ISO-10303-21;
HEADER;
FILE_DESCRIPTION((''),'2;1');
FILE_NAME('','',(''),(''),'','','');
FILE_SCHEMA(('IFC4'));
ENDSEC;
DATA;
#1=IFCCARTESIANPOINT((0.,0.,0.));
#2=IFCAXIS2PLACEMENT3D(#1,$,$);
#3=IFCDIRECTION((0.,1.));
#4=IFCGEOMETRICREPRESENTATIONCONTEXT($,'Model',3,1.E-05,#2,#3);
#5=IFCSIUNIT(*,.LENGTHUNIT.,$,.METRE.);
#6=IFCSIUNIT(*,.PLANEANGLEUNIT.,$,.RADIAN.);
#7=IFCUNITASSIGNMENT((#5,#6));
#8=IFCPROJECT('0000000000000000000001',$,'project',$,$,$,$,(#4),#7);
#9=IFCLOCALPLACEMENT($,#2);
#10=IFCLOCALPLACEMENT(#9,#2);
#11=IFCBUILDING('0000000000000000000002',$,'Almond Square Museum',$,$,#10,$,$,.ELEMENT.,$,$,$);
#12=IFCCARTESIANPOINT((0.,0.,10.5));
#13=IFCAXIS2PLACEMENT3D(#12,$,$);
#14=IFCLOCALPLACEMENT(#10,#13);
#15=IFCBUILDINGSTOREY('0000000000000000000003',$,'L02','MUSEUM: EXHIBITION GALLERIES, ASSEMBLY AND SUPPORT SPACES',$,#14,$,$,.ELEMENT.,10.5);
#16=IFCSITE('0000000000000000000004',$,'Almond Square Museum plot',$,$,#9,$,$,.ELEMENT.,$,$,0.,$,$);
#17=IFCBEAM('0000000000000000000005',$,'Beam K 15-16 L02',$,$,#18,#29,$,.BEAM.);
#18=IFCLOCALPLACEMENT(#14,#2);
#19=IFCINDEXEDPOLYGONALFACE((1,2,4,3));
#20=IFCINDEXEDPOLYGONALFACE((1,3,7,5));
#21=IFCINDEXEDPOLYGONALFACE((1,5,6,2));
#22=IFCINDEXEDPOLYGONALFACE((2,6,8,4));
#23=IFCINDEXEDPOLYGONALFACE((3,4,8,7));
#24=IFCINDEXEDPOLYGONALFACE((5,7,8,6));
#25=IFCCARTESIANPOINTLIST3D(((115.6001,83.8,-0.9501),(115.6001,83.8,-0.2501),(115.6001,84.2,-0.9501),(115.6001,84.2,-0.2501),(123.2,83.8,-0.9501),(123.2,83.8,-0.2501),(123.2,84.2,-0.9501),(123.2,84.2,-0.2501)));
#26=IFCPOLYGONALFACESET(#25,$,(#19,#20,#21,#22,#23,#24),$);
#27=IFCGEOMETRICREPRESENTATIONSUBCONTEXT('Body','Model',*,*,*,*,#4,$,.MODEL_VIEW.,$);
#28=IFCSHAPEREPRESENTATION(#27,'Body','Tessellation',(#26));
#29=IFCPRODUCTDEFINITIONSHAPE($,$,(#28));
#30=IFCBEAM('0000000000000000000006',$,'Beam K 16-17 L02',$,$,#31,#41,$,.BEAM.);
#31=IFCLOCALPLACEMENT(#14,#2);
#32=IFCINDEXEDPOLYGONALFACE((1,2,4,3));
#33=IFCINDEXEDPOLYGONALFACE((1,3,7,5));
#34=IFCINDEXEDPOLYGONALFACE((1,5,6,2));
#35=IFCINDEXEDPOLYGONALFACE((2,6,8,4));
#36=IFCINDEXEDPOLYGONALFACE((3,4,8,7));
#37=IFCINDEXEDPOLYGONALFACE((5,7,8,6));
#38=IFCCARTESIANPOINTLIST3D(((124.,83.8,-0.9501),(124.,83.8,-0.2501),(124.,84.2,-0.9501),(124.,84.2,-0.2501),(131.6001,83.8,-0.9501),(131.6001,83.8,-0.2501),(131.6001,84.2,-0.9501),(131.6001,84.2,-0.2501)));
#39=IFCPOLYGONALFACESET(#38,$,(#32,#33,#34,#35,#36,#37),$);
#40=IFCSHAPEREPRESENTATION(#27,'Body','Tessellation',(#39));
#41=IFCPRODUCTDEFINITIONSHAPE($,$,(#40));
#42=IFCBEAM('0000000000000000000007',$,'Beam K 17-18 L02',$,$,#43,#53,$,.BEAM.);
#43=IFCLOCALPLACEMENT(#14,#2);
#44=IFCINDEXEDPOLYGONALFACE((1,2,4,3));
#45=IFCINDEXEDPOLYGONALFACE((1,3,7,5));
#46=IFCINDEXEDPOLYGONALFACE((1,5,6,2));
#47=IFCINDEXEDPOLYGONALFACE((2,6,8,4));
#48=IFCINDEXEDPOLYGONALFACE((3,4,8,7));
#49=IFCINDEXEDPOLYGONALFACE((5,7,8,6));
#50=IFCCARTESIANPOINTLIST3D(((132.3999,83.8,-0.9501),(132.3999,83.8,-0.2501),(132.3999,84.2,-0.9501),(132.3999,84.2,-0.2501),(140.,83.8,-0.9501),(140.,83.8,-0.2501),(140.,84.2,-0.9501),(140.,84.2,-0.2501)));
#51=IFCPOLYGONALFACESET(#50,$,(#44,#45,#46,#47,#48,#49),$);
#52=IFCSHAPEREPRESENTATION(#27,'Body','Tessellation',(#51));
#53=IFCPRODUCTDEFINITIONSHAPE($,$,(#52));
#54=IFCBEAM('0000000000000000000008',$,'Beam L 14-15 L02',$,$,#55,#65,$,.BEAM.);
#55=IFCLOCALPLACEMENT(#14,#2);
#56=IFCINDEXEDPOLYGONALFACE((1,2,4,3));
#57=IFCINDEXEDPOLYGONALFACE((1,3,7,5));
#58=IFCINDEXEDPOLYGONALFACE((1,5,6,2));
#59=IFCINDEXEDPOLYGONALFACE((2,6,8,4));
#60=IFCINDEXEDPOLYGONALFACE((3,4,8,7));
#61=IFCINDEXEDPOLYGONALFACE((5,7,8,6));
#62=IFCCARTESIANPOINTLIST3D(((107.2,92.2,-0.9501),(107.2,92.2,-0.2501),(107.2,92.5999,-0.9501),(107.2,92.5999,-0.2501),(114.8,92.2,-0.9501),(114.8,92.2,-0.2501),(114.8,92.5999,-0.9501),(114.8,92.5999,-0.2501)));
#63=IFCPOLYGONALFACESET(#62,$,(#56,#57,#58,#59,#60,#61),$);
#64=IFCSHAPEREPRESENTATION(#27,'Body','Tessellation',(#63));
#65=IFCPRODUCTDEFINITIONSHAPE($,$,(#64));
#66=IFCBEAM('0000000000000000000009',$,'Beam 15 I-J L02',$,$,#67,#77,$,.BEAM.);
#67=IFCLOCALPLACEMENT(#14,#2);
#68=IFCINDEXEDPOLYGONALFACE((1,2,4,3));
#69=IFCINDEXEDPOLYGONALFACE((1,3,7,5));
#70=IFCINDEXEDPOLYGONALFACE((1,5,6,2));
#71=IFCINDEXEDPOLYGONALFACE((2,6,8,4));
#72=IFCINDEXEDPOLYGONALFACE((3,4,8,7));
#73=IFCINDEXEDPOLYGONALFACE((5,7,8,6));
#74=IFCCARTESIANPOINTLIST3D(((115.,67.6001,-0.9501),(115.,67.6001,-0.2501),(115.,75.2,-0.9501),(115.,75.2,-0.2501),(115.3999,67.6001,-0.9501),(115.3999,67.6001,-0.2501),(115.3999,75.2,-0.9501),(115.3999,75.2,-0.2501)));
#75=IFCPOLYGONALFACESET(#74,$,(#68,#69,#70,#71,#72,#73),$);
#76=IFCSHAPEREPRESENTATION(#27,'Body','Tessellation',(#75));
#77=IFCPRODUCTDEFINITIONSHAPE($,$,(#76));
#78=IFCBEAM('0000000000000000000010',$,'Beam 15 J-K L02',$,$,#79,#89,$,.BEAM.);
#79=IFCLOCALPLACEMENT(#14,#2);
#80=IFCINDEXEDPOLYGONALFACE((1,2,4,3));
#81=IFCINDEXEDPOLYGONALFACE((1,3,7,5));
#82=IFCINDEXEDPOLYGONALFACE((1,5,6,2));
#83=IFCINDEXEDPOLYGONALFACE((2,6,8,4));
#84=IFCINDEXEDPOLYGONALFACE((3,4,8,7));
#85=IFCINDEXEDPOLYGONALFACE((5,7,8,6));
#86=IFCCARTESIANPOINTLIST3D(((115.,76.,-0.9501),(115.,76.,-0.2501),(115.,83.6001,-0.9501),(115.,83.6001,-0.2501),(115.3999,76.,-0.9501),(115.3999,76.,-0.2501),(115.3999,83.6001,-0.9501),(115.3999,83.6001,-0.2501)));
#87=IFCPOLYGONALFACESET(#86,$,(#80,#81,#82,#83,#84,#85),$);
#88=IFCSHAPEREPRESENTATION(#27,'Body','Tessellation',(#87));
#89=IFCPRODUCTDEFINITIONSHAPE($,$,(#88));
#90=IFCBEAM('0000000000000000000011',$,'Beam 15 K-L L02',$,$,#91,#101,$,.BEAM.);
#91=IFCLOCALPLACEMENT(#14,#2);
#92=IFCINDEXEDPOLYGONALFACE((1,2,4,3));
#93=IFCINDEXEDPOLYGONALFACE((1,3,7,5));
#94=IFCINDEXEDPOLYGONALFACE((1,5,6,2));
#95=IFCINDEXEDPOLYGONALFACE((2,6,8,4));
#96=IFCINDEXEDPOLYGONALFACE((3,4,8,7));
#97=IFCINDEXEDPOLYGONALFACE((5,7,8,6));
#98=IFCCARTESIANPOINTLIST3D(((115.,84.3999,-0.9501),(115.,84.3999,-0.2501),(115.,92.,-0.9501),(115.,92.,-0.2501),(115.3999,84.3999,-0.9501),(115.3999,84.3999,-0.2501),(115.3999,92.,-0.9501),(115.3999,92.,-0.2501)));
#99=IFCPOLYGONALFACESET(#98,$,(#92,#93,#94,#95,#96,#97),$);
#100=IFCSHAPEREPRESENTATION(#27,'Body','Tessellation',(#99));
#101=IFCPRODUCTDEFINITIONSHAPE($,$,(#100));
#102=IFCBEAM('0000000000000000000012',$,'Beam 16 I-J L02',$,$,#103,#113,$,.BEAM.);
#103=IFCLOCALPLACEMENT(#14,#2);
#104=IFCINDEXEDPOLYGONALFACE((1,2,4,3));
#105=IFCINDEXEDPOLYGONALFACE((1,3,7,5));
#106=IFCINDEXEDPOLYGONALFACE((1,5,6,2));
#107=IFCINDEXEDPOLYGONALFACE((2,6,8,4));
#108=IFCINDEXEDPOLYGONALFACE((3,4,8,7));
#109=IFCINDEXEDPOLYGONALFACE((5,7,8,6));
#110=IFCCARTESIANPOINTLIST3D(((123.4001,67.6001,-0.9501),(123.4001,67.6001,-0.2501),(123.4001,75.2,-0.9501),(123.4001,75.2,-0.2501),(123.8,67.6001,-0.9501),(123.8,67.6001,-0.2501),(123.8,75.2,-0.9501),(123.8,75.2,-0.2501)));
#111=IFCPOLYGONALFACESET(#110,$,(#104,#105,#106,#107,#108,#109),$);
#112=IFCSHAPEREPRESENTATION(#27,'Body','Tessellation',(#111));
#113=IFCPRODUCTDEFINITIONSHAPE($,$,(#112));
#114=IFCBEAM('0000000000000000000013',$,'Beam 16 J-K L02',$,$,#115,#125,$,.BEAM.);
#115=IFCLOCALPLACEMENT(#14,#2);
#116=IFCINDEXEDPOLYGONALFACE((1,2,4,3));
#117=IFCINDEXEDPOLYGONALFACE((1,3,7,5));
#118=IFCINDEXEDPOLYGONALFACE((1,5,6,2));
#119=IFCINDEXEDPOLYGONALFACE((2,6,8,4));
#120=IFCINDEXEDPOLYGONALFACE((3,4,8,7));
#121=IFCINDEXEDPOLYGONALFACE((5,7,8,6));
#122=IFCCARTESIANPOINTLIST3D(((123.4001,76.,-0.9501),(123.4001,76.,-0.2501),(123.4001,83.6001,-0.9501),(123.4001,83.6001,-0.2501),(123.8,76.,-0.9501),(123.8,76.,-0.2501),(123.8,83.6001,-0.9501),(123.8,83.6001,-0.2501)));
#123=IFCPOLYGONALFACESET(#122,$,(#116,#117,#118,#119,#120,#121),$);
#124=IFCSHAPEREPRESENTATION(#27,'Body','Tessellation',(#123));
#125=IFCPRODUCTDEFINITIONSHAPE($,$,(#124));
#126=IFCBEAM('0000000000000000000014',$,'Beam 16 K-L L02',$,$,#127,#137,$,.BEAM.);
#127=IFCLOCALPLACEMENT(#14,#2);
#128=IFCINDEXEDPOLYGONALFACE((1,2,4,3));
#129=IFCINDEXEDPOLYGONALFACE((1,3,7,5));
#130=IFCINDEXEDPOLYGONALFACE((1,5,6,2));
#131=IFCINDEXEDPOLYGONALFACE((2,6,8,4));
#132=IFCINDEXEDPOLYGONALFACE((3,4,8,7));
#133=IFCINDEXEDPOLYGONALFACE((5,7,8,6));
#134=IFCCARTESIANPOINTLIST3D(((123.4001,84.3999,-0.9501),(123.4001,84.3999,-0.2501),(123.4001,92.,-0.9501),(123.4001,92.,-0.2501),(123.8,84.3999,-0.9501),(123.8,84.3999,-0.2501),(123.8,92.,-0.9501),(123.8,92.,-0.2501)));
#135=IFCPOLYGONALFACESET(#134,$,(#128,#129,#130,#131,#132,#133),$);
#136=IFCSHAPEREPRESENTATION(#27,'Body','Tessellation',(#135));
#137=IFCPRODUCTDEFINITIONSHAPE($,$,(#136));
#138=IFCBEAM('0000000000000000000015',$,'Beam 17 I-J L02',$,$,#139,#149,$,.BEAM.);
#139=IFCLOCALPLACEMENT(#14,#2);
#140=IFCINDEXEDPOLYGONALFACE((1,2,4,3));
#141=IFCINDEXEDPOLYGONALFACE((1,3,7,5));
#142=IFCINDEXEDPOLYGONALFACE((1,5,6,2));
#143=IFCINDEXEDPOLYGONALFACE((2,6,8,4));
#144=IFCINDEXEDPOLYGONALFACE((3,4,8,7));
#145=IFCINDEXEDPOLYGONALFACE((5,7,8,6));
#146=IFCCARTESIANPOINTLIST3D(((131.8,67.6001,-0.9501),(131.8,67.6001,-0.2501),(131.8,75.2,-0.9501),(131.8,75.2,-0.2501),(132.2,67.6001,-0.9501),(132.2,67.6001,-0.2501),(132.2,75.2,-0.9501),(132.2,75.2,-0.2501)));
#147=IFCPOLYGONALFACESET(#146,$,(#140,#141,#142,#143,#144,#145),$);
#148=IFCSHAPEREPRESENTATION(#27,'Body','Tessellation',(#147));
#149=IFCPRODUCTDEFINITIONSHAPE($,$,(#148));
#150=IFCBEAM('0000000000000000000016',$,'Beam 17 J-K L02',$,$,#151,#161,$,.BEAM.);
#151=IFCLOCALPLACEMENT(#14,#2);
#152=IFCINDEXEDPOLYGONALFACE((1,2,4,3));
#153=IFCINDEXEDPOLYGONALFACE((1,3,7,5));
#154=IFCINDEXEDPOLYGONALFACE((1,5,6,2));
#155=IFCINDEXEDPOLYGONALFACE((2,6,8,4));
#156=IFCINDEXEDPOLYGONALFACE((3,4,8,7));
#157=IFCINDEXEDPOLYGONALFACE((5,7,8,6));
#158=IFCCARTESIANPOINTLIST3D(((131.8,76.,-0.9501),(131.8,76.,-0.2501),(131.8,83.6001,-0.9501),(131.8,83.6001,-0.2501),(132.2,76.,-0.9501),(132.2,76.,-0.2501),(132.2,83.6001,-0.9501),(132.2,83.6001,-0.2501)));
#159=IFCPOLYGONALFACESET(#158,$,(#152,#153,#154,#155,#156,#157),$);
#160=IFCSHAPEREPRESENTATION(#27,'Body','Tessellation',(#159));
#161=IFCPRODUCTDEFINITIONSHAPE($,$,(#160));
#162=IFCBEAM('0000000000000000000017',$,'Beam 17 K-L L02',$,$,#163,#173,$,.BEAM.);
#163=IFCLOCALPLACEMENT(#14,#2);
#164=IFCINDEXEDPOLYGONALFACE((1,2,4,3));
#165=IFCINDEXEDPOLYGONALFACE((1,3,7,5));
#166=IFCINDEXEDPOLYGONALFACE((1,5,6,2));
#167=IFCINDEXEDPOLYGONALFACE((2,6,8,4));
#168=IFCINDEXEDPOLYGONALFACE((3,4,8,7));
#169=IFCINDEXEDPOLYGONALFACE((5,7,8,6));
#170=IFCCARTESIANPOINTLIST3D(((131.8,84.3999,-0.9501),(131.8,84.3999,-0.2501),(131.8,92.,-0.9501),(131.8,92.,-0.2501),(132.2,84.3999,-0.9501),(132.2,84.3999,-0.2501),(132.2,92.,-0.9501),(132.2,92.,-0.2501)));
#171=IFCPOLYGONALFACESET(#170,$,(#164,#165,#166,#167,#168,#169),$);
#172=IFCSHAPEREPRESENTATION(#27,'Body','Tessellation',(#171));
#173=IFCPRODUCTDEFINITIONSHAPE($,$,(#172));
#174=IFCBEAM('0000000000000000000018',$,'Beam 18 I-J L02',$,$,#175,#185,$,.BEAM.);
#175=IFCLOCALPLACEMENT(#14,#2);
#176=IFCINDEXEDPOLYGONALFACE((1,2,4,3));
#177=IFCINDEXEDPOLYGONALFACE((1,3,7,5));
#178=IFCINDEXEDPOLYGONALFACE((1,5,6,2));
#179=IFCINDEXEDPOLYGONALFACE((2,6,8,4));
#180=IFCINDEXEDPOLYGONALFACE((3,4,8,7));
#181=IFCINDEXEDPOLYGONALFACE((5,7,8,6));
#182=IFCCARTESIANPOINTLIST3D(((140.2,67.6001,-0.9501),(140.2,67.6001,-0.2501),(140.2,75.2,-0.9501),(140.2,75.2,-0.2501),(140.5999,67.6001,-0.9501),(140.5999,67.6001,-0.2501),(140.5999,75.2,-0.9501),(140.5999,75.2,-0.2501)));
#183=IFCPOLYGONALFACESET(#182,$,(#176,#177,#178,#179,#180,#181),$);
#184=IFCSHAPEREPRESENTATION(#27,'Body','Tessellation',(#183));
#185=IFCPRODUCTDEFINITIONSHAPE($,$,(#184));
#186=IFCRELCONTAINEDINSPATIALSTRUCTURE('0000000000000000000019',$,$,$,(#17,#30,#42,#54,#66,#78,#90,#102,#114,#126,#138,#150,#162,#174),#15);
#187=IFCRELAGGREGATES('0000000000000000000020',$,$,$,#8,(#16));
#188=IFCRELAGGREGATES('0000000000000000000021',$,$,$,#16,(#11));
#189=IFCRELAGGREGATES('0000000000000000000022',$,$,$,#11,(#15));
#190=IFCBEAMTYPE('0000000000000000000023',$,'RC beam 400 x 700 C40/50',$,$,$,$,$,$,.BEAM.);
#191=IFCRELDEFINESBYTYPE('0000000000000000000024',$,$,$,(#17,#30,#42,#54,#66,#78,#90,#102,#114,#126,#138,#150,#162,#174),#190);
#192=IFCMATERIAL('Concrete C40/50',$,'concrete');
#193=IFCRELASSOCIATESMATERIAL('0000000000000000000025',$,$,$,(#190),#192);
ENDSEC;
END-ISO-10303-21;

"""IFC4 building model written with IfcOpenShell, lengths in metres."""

from ifc_helpers import new_model, si_unit, direction, frame, origin, origin_2d, place, context, subcontext, project, spatial, rectangle, extrude, material, material_profile, profile_set, type_object, element, save


model = new_model("IFC4")

# Units and contexts
model_context = context("Model", 3, precision=1e-05, world=origin(), true_north=direction((0.0, 1.0)))
body_context = subcontext(model_context, "Body", "Model", "MODEL_VIEW")
ifc_project = project(units=[si_unit("LENGTHUNIT", "METRE"), si_unit("PLANEANGLEUNIT", "RADIAN")], contexts=[model_context])

# Site, building, storey
site_placement = place(None, origin())
site = spatial("IfcSite", under=ifc_project, at=site_placement, Name="Almond Square Museum plot", CompositionType="ELEMENT", RefElevation=0.0)
building_placement = place(site_placement, origin())
building = spatial("IfcBuilding", under=site, at=building_placement, Name="Almond Square Museum", CompositionType="ELEMENT")
storey_placement = place(building_placement, frame((0.0, 0.0, 10.5)))
storey = spatial("IfcBuildingStorey", under=building, at=storey_placement, Name="L02", Description="MUSEUM: EXHIBITION GALLERIES, ASSEMBLY AND SUPPORT SPACES", CompositionType="ELEMENT", Elevation=10.5)

# Beams
ifc_material_1 = material(Name="Concrete C40/50", Category="concrete")
ifc_material_profile_1 = material_profile(ifc_material_1, rectangle(XDim=0.3999, YDim=0.7, at=origin_2d()))
ifc_profile_set_1 = profile_set([ifc_material_profile_1], Name="Concrete C40/50")
beam_type = type_object("IfcBeamType", Name="RC beam 400 x 700 C40/50", PredefinedType="BEAM", material=ifc_profile_set_1)
beam_1_placement = place(storey_placement, frame((115.6001, 84.0, -0.6001), z_axis=(1.0, 0.0, 0.0), x_axis=(0.0, 1.0, 0.0)))
element("IfcBeam", 1, at=beam_1_placement, inside=storey, type_object=beam_type, Name="Beam K 15-16 L02", PredefinedType="BEAM", context=body_context, shape_type="SweptSolid", body=[
    extrude(rectangle(XDim=0.3999, YDim=0.7, at=origin_2d()), origin(), (0.0, 0.0, 1.0), 7.5999),
])
for number, where, z_axis, x_axis, name in (
    (2, (124.0, 84.0, -0.6001), (1.0, 0.0, 0.0), (0.0, 1.0, 0.0), "Beam K 16-17 L02"),
    (3, (132.3999, 84.0, -0.6001), (1.0, 0.0, 0.0), (0.0, 1.0, 0.0), "Beam K 17-18 L02"),
    (4, (107.2, 92.3999, -0.6001), (1.0, 0.0, 0.0), (0.0, 1.0, 0.0), "Beam L 14-15 L02"),
):
    element("IfcBeam", number, at=place(storey_placement, frame(where, z_axis=z_axis, x_axis=x_axis)), inside=storey, type_object=beam_type, Name=name, PredefinedType="BEAM", context=body_context, shape_type="SweptSolid", body=[
        extrude(rectangle(XDim=0.3999, YDim=0.7, at=origin_2d()), origin(), (0.0, 0.0, 1.0), 7.6001),
    ])
beam_2_placement = place(storey_placement, frame((115.2, 67.6001, -0.6001), z_axis=(0.0, 1.0, 0.0), x_axis=(-1.0, 0.0, 0.0)))
element("IfcBeam", 5, at=beam_2_placement, inside=storey, type_object=beam_type, Name="Beam 15 I-J L02", PredefinedType="BEAM", context=body_context, shape_type="SweptSolid", body=[
    extrude(rectangle(XDim=0.3999, YDim=0.7, at=origin_2d()), origin(), (0.0, 0.0, 1.0), 7.5999),
])
for number, where, z_axis, x_axis, name in (
    (6, (115.2, 76.0, -0.6001), (0.0, 1.0, 0.0), (-1.0, 0.0, 0.0), "Beam 15 J-K L02"),
    (7, (115.2, 84.3999, -0.6001), (0.0, 1.0, 0.0), (-1.0, 0.0, 0.0), "Beam 15 K-L L02"),
):
    element("IfcBeam", number, at=place(storey_placement, frame(where, z_axis=z_axis, x_axis=x_axis)), inside=storey, type_object=beam_type, Name=name, PredefinedType="BEAM", context=body_context, shape_type="SweptSolid", body=[
        extrude(rectangle(XDim=0.3999, YDim=0.7, at=origin_2d()), origin(), (0.0, 0.0, 1.0), 7.6001),
    ])
beam_3_placement = place(storey_placement, frame((123.6001, 67.6001, -0.6001), z_axis=(0.0, 1.0, 0.0), x_axis=(-1.0, 0.0, 0.0)))
element("IfcBeam", 8, at=beam_3_placement, inside=storey, type_object=beam_type, Name="Beam 16 I-J L02", PredefinedType="BEAM", context=body_context, shape_type="SweptSolid", body=[
    extrude(rectangle(XDim=0.3999, YDim=0.7, at=origin_2d()), origin(), (0.0, 0.0, 1.0), 7.5999),
])
for number, where, z_axis, x_axis, name in (
    (9, (123.6001, 76.0, -0.6001), (0.0, 1.0, 0.0), (-1.0, 0.0, 0.0), "Beam 16 J-K L02"),
    (10, (123.6001, 84.3999, -0.6001), (0.0, 1.0, 0.0), (-1.0, 0.0, 0.0), "Beam 16 K-L L02"),
):
    element("IfcBeam", number, at=place(storey_placement, frame(where, z_axis=z_axis, x_axis=x_axis)), inside=storey, type_object=beam_type, Name=name, PredefinedType="BEAM", context=body_context, shape_type="SweptSolid", body=[
        extrude(rectangle(XDim=0.3999, YDim=0.7, at=origin_2d()), origin(), (0.0, 0.0, 1.0), 7.6001),
    ])
beam_4_placement = place(storey_placement, frame((132.0, 67.6001, -0.6001), z_axis=(0.0, 1.0, 0.0), x_axis=(-1.0, 0.0, 0.0)))
element("IfcBeam", 11, at=beam_4_placement, inside=storey, type_object=beam_type, Name="Beam 17 I-J L02", PredefinedType="BEAM", context=body_context, shape_type="SweptSolid", body=[
    extrude(rectangle(XDim=0.3999, YDim=0.7, at=origin_2d()), origin(), (0.0, 0.0, 1.0), 7.5999),
])
for number, where, z_axis, x_axis, name in (
    (12, (132.0, 76.0, -0.6001), (0.0, 1.0, 0.0), (-1.0, 0.0, 0.0), "Beam 17 J-K L02"),
    (13, (132.0, 84.3999, -0.6001), (0.0, 1.0, 0.0), (-1.0, 0.0, 0.0), "Beam 17 K-L L02"),
):
    element("IfcBeam", number, at=place(storey_placement, frame(where, z_axis=z_axis, x_axis=x_axis)), inside=storey, type_object=beam_type, Name=name, PredefinedType="BEAM", context=body_context, shape_type="SweptSolid", body=[
        extrude(rectangle(XDim=0.3999, YDim=0.7, at=origin_2d()), origin(), (0.0, 0.0, 1.0), 7.6001),
    ])
beam_5_placement = place(storey_placement, frame((140.3999, 67.6001, -0.6001), z_axis=(0.0, 1.0, 0.0), x_axis=(-1.0, 0.0, 0.0)))
element("IfcBeam", 14, at=beam_5_placement, inside=storey, type_object=beam_type, Name="Beam 18 I-J L02", PredefinedType="BEAM", context=body_context, shape_type="SweptSolid", body=[
    extrude(rectangle(XDim=0.3999, YDim=0.7, at=origin_2d()), origin(), (0.0, 0.0, 1.0), 7.5999),
])

save(model, "model.ifc")
